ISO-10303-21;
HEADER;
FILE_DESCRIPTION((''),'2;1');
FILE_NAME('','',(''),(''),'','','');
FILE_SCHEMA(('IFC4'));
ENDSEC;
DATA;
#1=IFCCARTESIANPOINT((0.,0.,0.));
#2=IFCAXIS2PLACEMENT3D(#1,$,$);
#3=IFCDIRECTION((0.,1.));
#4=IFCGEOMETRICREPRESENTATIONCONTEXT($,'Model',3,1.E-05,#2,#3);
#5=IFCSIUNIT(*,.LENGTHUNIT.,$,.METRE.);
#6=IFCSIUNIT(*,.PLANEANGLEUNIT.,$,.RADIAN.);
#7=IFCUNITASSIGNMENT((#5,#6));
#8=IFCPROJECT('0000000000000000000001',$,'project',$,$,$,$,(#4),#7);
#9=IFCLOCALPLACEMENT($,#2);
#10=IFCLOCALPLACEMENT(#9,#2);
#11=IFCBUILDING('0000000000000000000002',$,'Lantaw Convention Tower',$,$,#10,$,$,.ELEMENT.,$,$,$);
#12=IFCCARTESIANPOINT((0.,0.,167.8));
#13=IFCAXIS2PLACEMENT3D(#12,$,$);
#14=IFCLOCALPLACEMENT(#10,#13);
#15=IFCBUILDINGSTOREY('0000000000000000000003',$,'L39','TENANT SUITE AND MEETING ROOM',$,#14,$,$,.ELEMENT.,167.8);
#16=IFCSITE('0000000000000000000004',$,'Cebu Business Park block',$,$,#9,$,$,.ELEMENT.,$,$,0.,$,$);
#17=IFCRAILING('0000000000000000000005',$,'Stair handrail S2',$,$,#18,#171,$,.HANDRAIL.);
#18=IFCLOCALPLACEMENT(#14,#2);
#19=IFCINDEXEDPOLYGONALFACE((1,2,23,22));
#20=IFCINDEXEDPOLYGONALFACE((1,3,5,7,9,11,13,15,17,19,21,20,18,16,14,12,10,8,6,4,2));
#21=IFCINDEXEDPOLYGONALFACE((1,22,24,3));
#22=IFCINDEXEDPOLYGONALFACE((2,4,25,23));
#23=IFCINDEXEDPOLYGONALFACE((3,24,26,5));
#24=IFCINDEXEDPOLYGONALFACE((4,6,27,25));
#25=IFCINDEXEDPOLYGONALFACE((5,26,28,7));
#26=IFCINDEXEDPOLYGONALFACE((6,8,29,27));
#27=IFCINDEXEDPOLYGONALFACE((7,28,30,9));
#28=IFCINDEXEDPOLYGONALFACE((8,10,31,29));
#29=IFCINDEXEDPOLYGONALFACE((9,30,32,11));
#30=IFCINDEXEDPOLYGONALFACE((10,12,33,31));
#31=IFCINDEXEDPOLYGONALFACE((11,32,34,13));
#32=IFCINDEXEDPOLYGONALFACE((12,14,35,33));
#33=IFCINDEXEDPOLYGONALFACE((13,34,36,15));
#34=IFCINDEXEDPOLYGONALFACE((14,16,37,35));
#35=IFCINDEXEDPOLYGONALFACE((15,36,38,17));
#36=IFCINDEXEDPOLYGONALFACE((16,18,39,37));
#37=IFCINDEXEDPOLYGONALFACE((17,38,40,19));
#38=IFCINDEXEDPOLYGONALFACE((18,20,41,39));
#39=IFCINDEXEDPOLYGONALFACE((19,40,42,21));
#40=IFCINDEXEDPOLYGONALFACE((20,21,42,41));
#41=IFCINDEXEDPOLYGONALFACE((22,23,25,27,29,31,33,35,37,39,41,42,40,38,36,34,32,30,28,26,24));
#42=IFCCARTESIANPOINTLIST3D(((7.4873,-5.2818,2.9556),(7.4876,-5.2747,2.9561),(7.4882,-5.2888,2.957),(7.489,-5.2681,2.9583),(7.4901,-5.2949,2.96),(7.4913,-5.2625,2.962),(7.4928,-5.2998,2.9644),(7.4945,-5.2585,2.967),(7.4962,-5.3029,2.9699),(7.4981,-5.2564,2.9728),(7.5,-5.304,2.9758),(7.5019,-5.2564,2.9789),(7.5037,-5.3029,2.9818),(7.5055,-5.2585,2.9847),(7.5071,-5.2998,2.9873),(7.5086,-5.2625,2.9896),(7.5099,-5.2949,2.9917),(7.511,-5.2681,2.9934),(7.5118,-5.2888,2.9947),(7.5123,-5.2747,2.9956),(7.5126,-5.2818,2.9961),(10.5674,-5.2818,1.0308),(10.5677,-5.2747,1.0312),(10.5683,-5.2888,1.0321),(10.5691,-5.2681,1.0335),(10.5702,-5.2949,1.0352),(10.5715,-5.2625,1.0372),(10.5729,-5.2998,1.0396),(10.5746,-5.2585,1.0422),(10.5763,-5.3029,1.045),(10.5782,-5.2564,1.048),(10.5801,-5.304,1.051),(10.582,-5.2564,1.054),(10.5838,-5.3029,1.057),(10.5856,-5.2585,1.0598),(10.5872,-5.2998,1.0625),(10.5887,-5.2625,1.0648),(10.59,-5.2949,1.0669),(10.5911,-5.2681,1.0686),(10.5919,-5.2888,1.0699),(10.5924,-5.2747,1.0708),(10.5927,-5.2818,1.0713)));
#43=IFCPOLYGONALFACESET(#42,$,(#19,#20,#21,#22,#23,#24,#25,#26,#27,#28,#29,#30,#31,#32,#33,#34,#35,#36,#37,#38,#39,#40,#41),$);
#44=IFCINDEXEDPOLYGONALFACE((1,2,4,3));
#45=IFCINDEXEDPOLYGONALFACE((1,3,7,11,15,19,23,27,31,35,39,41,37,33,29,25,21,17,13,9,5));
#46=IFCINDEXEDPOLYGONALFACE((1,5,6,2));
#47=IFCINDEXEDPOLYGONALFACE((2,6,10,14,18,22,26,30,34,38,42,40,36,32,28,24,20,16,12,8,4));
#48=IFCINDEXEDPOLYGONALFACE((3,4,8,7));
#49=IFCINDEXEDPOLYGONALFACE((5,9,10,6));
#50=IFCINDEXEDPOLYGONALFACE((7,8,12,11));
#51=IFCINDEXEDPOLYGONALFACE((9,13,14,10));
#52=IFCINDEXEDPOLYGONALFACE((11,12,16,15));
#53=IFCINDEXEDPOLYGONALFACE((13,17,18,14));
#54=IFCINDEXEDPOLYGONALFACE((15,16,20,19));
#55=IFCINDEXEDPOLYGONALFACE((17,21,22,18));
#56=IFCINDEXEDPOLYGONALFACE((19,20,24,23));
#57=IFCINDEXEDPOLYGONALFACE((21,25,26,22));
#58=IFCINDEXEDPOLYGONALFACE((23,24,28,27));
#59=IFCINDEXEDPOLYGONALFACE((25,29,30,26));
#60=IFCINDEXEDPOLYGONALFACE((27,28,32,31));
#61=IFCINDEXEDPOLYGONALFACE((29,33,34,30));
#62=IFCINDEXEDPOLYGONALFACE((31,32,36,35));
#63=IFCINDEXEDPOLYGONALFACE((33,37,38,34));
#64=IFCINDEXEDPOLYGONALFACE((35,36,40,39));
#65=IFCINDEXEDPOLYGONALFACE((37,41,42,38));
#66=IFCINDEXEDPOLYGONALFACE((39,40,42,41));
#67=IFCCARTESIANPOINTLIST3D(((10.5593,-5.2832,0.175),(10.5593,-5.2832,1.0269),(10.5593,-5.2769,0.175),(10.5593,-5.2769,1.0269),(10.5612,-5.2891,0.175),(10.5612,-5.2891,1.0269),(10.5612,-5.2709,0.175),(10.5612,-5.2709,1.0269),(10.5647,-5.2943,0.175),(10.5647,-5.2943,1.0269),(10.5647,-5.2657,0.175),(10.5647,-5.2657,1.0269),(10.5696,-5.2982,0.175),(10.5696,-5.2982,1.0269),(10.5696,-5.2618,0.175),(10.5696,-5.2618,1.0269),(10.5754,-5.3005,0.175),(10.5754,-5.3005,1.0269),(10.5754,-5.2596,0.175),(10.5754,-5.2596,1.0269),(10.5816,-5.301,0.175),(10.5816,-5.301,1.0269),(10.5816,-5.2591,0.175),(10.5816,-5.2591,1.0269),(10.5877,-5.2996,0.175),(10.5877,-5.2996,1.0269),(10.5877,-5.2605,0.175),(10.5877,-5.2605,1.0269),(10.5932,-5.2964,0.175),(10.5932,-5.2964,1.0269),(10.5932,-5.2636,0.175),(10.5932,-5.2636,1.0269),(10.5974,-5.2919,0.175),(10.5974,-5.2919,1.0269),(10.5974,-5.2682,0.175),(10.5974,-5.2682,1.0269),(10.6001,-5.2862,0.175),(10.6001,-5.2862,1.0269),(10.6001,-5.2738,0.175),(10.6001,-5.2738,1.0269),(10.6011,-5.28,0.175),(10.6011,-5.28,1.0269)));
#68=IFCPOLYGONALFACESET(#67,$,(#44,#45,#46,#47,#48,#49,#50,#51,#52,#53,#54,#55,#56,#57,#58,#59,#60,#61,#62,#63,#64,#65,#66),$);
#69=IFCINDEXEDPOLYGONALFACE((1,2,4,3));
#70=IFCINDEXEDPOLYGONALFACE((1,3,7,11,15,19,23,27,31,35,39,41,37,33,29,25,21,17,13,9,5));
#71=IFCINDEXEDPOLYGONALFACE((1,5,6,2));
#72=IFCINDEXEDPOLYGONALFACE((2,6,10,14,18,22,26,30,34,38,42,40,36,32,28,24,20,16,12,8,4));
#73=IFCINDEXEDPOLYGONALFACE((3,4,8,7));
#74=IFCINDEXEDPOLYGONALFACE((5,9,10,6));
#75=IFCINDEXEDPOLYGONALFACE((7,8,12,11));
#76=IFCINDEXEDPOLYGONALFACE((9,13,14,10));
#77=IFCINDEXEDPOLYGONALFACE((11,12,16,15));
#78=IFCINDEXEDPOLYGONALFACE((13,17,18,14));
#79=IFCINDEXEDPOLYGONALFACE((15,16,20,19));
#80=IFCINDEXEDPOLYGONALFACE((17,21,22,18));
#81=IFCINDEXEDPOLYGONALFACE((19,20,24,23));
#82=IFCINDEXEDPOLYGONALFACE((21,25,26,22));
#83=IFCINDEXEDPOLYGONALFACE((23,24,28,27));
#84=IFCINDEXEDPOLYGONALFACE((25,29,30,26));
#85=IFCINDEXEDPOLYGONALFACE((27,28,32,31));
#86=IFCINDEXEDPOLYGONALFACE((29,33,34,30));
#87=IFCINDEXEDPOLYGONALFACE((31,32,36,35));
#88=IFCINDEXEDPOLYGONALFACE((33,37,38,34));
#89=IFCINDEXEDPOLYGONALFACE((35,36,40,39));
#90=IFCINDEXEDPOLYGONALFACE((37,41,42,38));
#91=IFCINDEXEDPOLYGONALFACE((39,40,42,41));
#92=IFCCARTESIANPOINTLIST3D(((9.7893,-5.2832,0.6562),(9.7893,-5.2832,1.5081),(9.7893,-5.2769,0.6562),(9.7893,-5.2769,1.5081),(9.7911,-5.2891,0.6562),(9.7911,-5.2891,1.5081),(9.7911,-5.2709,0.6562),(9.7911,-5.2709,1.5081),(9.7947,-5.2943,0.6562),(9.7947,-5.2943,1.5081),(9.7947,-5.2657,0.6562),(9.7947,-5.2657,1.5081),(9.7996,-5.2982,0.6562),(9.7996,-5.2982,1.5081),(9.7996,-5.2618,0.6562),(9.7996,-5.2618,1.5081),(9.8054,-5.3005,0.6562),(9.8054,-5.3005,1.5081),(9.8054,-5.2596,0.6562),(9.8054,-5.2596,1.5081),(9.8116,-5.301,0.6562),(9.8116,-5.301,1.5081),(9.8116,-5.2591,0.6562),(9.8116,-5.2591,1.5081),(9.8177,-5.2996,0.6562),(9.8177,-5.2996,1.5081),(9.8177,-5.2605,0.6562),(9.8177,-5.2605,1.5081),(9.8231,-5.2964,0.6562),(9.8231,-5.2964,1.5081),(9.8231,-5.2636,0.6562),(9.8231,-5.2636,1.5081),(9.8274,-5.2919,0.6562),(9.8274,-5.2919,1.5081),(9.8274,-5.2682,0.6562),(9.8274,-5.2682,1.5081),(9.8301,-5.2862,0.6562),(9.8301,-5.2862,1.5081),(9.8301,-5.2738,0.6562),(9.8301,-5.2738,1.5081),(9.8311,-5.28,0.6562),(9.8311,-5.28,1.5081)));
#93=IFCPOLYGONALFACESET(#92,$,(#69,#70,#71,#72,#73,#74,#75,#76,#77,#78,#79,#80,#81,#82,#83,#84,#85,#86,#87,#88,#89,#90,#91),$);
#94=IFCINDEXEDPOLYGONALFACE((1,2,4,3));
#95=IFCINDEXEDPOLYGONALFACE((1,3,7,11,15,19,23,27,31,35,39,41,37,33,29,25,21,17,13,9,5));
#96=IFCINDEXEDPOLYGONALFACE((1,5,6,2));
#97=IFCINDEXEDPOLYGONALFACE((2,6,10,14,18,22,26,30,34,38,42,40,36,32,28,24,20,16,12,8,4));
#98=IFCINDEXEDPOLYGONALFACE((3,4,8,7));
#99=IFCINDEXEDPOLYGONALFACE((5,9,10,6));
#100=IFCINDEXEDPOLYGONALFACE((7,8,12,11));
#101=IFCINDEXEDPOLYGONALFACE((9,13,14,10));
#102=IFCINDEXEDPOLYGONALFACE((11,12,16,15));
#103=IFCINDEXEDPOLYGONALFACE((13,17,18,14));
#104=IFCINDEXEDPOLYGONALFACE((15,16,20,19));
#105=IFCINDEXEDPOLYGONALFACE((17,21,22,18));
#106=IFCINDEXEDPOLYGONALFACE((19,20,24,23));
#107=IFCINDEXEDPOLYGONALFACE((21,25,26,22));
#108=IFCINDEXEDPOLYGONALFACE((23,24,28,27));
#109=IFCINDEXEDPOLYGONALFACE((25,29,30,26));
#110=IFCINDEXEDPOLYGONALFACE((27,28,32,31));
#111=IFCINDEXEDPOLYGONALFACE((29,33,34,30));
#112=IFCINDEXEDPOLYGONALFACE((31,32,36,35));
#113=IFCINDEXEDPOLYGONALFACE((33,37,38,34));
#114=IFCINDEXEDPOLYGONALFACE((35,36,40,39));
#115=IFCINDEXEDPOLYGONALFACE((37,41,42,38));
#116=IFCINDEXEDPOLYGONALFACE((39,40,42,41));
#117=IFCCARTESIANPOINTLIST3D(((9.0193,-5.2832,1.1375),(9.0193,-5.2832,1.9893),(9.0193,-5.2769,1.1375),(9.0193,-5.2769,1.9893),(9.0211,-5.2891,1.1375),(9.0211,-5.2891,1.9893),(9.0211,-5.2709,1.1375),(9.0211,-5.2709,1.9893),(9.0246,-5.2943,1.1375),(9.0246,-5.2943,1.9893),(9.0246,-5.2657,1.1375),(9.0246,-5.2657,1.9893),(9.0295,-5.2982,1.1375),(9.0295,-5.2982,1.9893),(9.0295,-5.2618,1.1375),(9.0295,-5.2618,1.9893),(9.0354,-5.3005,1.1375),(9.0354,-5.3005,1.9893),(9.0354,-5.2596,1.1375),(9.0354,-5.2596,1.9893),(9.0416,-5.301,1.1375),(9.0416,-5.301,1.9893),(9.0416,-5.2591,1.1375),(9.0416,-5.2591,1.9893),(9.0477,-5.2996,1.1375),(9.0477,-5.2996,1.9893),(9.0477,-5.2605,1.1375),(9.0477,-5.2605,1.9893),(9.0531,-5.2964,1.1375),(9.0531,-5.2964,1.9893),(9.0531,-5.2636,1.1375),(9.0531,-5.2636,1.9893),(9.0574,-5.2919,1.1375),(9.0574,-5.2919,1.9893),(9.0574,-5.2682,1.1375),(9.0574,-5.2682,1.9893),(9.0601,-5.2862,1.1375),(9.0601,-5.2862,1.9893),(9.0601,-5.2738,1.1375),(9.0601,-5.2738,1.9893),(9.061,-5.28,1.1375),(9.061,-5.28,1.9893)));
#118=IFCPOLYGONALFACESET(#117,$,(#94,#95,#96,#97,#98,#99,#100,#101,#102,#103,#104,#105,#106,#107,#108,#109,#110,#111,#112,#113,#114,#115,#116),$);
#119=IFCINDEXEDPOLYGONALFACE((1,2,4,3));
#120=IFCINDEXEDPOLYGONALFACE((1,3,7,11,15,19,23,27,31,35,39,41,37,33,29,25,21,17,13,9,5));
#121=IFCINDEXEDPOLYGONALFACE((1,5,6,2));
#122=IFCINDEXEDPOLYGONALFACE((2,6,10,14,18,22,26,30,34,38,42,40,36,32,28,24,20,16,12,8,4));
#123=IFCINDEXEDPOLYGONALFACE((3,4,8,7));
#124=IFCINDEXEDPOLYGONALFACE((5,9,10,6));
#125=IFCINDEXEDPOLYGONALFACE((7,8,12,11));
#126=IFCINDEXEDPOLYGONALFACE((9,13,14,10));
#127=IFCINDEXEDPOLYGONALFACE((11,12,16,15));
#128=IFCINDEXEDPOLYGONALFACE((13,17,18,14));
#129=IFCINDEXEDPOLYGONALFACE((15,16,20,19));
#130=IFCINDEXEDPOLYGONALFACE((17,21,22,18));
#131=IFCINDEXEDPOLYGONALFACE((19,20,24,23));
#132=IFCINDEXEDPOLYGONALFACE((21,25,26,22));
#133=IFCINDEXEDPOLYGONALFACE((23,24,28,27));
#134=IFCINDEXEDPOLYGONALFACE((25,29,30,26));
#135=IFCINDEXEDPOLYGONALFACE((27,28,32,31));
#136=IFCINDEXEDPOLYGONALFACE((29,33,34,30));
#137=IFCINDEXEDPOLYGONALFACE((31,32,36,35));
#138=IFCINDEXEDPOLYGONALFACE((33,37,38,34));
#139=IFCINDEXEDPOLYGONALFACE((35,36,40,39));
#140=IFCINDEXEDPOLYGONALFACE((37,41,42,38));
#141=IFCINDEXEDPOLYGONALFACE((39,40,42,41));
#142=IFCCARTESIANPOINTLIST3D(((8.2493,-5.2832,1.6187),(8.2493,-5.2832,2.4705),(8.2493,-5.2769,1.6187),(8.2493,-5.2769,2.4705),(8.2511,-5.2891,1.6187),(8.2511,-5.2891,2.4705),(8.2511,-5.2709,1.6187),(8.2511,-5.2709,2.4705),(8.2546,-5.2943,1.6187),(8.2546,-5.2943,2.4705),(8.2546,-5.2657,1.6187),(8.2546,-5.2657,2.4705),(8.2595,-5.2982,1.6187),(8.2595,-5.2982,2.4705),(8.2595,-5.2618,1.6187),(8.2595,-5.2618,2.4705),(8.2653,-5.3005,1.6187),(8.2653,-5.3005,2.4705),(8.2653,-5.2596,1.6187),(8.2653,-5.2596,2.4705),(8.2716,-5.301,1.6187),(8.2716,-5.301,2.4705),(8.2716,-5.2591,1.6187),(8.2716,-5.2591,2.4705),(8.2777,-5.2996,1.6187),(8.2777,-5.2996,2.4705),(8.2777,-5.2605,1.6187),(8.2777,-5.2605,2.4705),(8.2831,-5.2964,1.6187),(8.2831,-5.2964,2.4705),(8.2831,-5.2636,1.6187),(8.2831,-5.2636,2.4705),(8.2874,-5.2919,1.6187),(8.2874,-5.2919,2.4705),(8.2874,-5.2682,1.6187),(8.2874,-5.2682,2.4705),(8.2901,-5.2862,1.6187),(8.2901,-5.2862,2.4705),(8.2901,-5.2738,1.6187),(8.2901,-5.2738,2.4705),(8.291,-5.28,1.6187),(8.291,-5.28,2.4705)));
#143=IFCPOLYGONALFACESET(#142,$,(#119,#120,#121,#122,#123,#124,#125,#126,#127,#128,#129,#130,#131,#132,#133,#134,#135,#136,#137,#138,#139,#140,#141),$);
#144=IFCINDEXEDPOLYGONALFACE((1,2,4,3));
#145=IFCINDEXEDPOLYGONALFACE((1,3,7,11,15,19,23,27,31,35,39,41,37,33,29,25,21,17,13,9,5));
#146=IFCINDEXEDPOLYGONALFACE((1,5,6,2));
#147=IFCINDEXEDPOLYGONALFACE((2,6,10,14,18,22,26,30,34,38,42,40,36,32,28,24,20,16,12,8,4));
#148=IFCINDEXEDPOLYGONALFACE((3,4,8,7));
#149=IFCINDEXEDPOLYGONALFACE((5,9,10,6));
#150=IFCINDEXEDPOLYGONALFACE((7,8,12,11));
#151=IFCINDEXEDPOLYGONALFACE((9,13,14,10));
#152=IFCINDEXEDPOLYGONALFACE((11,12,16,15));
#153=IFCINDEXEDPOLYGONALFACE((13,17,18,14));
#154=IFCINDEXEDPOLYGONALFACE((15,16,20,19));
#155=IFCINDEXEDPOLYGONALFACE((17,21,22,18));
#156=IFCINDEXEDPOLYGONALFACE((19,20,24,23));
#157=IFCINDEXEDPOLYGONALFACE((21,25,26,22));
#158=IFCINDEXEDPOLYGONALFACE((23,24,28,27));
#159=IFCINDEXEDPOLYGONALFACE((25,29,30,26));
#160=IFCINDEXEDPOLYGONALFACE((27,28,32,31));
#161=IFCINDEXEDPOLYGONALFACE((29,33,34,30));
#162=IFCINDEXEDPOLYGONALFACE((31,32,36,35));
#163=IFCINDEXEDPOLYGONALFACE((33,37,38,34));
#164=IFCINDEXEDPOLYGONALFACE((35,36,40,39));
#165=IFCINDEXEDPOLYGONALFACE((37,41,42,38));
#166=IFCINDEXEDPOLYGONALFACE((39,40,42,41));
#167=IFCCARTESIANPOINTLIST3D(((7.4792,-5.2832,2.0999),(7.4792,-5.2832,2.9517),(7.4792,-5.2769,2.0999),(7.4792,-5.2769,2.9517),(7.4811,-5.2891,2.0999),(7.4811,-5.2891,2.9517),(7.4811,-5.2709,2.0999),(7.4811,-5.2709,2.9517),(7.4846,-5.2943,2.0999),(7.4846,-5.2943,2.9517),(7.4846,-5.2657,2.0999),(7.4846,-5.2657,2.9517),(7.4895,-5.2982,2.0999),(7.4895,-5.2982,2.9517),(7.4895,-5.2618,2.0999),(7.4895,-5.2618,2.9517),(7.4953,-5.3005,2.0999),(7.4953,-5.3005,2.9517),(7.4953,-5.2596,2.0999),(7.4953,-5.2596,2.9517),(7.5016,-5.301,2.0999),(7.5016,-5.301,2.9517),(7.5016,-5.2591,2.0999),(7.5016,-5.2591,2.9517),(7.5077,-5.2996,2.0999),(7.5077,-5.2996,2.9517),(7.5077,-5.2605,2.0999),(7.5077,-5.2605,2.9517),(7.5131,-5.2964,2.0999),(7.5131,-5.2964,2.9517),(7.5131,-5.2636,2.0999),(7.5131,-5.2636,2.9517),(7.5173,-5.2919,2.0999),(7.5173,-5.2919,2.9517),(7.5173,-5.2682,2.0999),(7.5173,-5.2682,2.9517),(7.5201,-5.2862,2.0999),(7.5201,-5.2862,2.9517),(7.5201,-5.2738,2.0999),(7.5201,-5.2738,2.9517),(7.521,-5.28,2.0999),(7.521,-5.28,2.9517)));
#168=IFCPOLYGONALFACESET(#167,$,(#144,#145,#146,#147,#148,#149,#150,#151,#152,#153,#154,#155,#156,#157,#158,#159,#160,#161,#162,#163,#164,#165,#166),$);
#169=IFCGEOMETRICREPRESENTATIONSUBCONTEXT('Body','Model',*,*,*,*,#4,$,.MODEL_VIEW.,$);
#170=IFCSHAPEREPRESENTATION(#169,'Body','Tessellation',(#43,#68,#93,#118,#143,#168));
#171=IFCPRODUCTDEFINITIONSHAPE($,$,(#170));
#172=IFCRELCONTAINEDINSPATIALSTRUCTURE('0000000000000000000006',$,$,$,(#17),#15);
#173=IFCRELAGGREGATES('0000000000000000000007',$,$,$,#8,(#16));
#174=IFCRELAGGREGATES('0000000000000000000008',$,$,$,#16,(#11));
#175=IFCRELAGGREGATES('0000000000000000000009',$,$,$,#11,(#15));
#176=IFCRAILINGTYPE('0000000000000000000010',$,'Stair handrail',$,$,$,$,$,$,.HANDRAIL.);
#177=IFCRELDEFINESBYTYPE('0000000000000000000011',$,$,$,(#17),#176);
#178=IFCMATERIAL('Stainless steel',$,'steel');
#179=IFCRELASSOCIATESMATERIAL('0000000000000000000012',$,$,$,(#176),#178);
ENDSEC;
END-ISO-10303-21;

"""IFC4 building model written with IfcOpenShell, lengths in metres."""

from ifc_helpers import new_model, si_unit, direction, frame, origin, origin_2d, place, context, subcontext, project, spatial, circle, extrude, material, type_object, element, save


model = new_model("IFC4")

# Units and contexts
model_context = context("Model", 3, precision=1e-05, world=origin(), true_north=direction((0.0, 1.0)))
body_context = subcontext(model_context, "Body", "Model", "MODEL_VIEW")
ifc_project = project(units=[si_unit("LENGTHUNIT", "METRE"), si_unit("PLANEANGLEUNIT", "RADIAN")], contexts=[model_context])

# Site, building, storey
site_placement = place(None, origin())
site = spatial("IfcSite", under=ifc_project, at=site_placement, Name="Cebu Business Park block", CompositionType="ELEMENT", RefElevation=0.0)
building_placement = place(site_placement, origin())
building = spatial("IfcBuilding", under=site, at=building_placement, Name="Lantaw Convention Tower", CompositionType="ELEMENT")
storey_placement = place(building_placement, frame((0.0, 0.0, 167.8)))
storey = spatial("IfcBuildingStorey", under=building, at=storey_placement, Name="L39", Description="TENANT SUITE AND MEETING ROOM", CompositionType="ELEMENT", Elevation=167.8)

# Railing
ifc_material_1 = material(Name="Stainless steel", Category="steel")
railing_type = type_object("IfcRailingType", Name="Stair handrail", PredefinedType="HANDRAIL", material=ifc_material_1)
railing_1_placement = place(storey_placement, frame((10.5801, -5.28, 0.175)))
element("IfcRailing", 1, at=railing_1_placement, inside=storey, type_object=railing_type, Name="Stair handrail S2", PredefinedType="HANDRAIL", context=body_context, shape_type="SweptSolid", body=[
    extrude(circle(Radius=0.0239, at=origin_2d()), frame((0.0, 0.0, 0.876), z_axis=(-0.848029, 0.0, 0.529951), x_axis=(0.0, -1.0, 0.0)), (0.0, 0.0, 1.0), 3.6321),
    extrude(circle(Radius=0.021, at=origin_2d()), origin(), (0.0, 0.0, 1.0), 0.8518),
    extrude(circle(Radius=0.021, at=origin_2d()), frame((-0.77, 0.0, 0.4812)), (0.0, 0.0, 1.0), 0.8518),
    extrude(circle(Radius=0.021, at=origin_2d()), frame((-1.54, 0.0, 0.9624)), (0.0, 0.0, 1.0), 0.8518),
    extrude(circle(Radius=0.021, at=origin_2d()), frame((-2.3101, 0.0, 1.4436)), (0.0, 0.0, 1.0), 0.8518),
    extrude(circle(Radius=0.021, at=origin_2d()), frame((-3.0801, 0.0, 1.9248)), (0.0, 0.0, 1.0), 0.8518),
])

save(model, "model.ifc")
